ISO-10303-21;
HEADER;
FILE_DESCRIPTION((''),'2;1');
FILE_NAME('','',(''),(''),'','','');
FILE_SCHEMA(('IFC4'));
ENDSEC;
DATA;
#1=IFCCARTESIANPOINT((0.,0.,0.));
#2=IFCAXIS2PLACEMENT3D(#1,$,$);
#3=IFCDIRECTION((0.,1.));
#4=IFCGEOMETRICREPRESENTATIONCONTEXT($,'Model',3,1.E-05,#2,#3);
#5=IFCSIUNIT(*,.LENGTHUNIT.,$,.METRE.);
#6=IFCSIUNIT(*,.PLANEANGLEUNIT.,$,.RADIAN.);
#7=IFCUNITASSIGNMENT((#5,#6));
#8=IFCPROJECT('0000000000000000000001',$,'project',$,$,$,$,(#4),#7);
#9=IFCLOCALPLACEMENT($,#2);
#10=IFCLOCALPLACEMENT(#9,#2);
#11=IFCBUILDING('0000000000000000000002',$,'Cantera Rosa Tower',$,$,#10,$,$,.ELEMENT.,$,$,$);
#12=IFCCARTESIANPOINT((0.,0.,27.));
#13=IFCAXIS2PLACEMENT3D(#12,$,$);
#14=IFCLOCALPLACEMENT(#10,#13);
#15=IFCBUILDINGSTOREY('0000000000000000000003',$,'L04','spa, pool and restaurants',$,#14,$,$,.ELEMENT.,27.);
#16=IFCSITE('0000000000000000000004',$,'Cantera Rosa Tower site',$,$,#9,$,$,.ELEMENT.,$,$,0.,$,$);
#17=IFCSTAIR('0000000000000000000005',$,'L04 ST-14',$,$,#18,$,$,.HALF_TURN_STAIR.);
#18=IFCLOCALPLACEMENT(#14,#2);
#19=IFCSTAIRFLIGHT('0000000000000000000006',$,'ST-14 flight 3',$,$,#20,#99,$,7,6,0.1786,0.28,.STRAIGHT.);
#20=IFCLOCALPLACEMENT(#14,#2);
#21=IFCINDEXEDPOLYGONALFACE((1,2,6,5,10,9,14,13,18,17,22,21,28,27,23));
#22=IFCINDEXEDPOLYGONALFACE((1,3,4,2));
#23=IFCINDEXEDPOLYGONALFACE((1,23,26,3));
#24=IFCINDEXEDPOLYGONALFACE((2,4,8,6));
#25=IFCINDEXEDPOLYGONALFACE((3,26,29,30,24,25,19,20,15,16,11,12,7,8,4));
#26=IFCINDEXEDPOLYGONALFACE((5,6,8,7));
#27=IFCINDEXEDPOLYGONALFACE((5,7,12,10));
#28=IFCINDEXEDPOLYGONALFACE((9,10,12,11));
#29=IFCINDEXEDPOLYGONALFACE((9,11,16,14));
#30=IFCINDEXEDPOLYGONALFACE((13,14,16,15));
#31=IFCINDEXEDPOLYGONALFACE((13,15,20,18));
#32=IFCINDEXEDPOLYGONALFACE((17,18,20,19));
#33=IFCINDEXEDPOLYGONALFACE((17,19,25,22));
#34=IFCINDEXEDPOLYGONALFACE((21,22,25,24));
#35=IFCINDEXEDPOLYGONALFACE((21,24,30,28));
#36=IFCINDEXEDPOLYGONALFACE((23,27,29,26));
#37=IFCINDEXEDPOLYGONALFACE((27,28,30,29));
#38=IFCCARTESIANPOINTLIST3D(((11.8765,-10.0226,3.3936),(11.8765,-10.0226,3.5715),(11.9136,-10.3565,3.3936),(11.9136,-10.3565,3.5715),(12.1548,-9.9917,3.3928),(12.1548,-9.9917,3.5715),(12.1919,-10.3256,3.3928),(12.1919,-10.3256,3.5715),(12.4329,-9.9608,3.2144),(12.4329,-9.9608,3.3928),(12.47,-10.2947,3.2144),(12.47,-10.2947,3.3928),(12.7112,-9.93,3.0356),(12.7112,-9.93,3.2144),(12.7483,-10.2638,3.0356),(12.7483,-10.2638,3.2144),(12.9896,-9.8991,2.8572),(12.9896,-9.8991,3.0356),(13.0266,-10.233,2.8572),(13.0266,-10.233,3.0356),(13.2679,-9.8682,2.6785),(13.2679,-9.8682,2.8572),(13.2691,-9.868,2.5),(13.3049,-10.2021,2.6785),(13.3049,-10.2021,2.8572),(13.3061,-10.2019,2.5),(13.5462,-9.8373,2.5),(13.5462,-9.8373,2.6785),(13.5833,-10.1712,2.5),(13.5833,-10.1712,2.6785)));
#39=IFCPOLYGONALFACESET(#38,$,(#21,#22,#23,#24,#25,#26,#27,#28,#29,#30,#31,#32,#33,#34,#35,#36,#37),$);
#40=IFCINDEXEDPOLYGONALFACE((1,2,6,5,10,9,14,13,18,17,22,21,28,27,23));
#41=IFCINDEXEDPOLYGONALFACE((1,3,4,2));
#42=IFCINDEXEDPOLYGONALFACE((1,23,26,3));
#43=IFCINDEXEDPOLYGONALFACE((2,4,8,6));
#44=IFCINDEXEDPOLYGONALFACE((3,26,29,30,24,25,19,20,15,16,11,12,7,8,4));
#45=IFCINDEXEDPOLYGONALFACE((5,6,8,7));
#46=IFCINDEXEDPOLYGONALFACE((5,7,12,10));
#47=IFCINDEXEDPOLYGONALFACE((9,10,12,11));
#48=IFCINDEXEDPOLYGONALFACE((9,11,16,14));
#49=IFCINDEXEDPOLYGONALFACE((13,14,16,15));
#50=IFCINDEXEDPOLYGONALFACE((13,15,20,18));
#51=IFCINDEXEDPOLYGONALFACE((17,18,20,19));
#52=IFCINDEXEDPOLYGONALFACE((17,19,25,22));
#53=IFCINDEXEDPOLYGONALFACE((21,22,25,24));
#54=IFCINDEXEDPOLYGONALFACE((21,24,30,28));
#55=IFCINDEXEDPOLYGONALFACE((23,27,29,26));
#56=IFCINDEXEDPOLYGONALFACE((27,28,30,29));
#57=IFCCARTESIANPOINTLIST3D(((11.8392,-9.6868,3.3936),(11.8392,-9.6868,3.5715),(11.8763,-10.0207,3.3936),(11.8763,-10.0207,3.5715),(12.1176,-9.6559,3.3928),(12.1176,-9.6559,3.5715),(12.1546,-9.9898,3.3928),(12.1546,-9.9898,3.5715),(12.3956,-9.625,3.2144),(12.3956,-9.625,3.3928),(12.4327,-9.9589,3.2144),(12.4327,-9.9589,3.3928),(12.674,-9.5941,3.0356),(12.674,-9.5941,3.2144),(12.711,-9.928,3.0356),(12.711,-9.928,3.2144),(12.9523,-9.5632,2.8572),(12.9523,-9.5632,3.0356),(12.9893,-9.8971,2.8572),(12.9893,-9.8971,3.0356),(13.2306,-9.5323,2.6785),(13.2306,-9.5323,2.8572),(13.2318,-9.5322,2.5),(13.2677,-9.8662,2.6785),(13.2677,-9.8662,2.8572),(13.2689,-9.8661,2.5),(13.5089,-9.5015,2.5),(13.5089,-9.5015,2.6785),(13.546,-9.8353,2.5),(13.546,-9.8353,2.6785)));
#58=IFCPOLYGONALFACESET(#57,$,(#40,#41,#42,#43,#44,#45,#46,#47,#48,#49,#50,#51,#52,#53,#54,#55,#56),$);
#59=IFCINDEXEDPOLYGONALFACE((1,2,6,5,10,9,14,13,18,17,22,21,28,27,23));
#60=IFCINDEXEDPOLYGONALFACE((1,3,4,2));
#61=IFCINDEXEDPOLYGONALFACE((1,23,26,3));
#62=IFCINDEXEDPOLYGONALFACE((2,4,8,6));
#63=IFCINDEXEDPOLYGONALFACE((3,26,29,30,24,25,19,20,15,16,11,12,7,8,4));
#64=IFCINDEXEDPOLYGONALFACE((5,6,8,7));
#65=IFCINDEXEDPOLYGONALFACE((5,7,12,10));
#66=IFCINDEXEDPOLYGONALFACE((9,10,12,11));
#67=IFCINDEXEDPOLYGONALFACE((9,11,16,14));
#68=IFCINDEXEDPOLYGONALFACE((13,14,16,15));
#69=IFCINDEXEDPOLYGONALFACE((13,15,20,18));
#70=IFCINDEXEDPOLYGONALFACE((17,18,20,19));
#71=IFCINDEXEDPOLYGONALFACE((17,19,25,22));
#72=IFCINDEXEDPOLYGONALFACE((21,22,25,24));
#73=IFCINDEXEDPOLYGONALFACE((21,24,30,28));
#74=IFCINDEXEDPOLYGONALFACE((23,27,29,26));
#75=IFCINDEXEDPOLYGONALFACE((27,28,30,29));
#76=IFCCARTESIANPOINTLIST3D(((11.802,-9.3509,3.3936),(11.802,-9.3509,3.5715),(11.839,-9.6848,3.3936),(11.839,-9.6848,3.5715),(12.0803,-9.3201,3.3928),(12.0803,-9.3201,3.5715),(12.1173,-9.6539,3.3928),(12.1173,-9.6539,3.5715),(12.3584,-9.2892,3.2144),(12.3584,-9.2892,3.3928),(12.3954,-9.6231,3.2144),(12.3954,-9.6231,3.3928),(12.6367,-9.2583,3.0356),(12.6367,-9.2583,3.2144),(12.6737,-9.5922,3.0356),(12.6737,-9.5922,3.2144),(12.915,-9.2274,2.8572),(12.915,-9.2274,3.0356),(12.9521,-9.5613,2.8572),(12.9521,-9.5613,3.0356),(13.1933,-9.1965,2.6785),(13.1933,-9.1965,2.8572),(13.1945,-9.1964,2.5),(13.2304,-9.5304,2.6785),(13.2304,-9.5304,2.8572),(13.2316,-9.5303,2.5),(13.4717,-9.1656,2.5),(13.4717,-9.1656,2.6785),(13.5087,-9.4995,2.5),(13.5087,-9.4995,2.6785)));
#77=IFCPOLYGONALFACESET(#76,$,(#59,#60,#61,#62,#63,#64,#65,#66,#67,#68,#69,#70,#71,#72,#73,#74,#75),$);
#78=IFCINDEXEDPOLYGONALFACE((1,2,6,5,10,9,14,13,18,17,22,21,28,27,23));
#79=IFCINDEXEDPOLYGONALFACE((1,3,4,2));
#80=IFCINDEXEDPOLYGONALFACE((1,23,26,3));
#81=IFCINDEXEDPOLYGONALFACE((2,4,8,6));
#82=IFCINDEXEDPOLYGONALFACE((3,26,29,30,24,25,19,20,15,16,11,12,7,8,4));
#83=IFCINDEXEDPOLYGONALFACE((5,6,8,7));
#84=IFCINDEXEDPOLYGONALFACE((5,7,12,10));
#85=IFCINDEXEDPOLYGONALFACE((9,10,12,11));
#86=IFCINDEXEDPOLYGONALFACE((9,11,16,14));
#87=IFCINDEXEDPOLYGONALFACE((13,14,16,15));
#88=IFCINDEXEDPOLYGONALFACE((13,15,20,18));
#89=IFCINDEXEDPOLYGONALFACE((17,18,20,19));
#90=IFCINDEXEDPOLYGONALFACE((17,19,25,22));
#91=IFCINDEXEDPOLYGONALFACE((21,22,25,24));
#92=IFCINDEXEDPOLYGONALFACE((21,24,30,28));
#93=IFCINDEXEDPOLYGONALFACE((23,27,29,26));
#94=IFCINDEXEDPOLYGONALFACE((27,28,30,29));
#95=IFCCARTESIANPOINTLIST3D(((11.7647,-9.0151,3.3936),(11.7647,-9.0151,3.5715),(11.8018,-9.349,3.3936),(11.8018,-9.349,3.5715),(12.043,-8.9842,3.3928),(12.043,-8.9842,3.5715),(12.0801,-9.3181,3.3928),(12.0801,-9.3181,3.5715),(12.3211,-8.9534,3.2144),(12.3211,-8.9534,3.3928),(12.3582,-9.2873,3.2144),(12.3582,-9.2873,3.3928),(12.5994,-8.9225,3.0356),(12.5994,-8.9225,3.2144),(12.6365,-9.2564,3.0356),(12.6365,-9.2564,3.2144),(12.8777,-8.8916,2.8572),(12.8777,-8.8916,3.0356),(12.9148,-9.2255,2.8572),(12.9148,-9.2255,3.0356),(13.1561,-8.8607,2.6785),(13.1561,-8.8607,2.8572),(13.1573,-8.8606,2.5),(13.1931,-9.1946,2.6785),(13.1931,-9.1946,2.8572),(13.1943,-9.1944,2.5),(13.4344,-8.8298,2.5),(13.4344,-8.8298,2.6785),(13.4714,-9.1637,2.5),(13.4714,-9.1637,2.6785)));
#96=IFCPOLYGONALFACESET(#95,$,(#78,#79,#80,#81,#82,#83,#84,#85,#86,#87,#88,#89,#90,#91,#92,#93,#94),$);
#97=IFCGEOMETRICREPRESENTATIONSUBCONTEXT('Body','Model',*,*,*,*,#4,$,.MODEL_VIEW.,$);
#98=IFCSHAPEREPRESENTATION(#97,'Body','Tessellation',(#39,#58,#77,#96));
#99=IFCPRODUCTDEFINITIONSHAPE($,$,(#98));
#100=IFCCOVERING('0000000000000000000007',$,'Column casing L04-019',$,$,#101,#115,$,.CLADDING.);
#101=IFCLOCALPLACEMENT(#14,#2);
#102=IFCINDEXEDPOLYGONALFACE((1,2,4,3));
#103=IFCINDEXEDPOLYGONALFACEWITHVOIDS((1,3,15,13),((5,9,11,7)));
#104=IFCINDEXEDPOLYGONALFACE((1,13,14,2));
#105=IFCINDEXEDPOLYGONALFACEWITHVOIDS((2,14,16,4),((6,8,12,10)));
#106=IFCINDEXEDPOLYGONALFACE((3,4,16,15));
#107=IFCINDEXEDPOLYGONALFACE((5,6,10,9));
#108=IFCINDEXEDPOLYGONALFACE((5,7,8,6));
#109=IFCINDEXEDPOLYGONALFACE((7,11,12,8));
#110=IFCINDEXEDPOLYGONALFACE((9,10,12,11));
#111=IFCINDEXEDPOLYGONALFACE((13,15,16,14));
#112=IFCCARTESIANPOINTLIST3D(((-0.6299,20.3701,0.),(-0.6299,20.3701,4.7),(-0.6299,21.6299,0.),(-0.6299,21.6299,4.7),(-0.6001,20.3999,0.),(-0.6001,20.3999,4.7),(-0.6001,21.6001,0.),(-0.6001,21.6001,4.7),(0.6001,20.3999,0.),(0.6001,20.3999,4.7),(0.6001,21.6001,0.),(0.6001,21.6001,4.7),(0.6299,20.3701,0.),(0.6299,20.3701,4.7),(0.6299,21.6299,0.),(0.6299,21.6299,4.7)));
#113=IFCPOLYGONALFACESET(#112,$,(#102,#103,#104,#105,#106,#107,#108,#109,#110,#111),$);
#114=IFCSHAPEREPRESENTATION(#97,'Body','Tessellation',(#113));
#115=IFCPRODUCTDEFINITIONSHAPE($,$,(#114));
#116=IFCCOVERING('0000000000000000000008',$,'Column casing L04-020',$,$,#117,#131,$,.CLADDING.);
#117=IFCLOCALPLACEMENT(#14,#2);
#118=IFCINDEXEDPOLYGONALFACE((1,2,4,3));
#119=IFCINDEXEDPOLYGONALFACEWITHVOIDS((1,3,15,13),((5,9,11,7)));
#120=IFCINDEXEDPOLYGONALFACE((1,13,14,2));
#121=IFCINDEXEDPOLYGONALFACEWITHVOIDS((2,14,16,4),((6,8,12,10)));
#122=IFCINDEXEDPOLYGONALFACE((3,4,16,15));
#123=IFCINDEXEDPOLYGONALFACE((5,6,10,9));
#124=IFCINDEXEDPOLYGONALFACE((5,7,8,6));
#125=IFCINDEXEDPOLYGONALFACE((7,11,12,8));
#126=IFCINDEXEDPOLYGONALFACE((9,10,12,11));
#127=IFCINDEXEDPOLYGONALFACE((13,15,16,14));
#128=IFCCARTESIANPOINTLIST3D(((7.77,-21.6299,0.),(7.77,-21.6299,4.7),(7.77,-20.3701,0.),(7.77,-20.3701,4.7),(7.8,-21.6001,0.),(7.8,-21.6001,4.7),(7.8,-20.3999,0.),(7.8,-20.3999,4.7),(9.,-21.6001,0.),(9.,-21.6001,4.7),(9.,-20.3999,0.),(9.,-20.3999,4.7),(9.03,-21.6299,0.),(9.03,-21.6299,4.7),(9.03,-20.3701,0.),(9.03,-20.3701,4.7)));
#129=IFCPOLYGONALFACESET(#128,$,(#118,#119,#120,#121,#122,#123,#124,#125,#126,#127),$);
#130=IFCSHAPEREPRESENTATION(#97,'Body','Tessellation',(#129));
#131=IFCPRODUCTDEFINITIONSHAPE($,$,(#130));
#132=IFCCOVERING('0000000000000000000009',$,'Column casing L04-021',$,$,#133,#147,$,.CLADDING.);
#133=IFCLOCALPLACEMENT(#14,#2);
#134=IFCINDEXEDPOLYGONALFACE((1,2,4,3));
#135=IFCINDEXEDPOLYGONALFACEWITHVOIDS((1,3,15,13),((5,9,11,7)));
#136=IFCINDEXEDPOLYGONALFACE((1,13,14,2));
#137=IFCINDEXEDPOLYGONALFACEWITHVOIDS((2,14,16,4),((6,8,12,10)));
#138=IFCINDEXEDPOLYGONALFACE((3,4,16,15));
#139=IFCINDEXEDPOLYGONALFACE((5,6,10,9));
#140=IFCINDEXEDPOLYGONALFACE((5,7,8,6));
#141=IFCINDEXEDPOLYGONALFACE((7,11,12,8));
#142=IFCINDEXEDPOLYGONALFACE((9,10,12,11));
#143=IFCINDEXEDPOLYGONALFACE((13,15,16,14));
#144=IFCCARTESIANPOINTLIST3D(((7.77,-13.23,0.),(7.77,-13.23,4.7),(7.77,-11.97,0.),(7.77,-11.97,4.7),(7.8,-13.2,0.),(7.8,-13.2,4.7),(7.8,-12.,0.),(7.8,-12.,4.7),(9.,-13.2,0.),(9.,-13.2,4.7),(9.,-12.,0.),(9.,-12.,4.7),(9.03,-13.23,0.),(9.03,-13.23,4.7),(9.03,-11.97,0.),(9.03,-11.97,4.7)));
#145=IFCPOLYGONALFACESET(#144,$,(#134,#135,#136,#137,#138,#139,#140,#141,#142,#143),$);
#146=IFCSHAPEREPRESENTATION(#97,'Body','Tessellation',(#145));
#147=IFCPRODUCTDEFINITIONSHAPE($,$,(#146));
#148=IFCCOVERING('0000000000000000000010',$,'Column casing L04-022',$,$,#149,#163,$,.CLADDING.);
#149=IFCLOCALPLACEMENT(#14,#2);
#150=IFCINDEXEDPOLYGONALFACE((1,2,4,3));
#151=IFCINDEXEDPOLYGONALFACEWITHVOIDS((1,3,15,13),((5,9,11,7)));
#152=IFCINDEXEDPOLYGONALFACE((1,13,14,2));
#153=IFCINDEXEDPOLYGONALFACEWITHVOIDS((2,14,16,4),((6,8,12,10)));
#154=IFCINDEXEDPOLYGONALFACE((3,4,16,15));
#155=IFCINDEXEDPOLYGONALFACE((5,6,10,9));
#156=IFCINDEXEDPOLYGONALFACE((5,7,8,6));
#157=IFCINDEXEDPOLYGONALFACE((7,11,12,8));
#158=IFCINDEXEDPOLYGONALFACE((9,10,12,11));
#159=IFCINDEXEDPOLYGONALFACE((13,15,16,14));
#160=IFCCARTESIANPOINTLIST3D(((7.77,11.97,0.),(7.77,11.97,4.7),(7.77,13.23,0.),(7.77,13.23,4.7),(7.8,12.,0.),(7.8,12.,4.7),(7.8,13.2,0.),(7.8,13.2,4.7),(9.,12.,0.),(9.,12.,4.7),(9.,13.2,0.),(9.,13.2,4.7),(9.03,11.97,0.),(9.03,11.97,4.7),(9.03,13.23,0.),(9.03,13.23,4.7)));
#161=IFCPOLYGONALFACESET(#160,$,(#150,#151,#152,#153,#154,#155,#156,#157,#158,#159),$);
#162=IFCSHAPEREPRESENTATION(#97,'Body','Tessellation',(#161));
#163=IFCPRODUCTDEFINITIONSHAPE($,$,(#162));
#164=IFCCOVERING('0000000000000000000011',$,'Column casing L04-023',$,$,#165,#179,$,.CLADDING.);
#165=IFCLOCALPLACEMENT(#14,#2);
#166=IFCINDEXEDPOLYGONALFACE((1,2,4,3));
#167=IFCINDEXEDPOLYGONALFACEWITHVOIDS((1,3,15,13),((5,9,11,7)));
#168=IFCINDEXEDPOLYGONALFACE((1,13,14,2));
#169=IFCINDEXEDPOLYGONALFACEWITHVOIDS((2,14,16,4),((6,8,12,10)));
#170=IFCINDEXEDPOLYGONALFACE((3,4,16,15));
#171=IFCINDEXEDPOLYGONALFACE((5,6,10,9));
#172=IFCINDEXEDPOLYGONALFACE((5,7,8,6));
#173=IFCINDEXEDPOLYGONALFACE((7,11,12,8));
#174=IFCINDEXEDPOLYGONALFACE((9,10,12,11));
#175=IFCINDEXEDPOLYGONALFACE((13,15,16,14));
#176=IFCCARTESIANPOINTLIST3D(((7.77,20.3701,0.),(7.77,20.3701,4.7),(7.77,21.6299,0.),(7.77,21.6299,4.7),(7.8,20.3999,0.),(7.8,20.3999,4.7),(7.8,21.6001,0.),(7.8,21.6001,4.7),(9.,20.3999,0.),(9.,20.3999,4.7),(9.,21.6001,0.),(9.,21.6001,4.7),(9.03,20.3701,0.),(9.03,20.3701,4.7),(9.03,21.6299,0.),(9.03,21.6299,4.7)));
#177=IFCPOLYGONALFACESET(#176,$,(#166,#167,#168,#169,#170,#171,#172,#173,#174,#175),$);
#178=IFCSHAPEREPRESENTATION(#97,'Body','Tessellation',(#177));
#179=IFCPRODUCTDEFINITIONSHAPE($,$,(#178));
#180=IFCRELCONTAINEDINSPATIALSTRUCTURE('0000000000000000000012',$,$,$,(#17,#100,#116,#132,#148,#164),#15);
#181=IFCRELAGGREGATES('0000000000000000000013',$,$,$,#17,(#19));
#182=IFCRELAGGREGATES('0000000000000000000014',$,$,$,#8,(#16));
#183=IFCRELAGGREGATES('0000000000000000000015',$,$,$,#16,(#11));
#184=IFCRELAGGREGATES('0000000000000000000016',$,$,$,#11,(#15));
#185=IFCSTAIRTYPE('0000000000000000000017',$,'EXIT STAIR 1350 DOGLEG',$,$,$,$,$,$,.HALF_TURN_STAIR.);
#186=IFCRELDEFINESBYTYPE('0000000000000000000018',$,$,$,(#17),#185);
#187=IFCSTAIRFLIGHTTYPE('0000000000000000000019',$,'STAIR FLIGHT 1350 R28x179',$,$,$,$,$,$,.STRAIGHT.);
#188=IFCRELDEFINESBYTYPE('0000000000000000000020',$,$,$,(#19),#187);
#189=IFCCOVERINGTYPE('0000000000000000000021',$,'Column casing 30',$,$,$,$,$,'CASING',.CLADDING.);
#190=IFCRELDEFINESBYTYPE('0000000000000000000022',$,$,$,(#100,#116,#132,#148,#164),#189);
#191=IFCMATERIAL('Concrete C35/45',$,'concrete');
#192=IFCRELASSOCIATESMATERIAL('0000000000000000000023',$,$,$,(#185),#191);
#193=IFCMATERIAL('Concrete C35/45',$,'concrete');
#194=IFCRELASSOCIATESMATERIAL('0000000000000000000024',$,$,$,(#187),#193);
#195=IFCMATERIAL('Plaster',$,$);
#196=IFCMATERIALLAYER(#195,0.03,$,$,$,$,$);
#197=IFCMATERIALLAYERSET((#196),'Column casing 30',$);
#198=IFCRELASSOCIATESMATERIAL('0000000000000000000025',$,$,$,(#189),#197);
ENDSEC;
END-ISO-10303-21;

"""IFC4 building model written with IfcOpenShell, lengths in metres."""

from ifc_helpers import new_model, si_unit, direction, frame, origin, place, context, subcontext, project, spatial, polyline, outline, extrude, material, layer, layer_set, type_object, element, aggregate, save


model = new_model("IFC4")

# Units and contexts
model_context = context("Model", 3, precision=1e-05, world=origin(), true_north=direction((0.0, 1.0)))
body_context = subcontext(model_context, "Body", "Model", "MODEL_VIEW")
ifc_project = project(units=[si_unit("LENGTHUNIT", "METRE"), si_unit("PLANEANGLEUNIT", "RADIAN")], contexts=[model_context])

# Site, building, storey
site_placement = place(None, origin())
site = spatial("IfcSite", under=ifc_project, at=site_placement, Name="Cantera Rosa Tower site", CompositionType="ELEMENT", RefElevation=0.0)
building_placement = place(site_placement, origin())
building = spatial("IfcBuilding", under=site, at=building_placement, Name="Cantera Rosa Tower", CompositionType="ELEMENT")
storey_placement = place(building_placement, frame((0.0, 0.0, 27.0)))
storey = spatial("IfcBuildingStorey", under=building, at=storey_placement, Name="L04", Description="spa, pool and restaurants", CompositionType="ELEMENT", Elevation=27.0)

# Stair, stair flight
ifc_material_1 = material(Name="Concrete C35/45", Category="concrete")
stair_type = type_object("IfcStairType", Name="EXIT STAIR 1350 DOGLEG", PredefinedType="HALF_TURN_STAIR", material=ifc_material_1)
stair_placement = place(storey_placement, origin())
stair = element("IfcStair", 1, at=stair_placement, inside=storey, type_object=stair_type, Name="L04 ST-14", PredefinedType="HALF_TURN_STAIR")
ifc_material_2 = material(Name="Concrete C35/45", Category="concrete")
stair_flight_type = type_object("IfcStairFlightType", Name="STAIR FLIGHT 1350 R28x179", PredefinedType="STRAIGHT", material=ifc_material_2)
stair_flight_1_placement = place(storey_placement, frame((13.5088, -9.5002, 2.5), z_axis=(0.0, 0.0, 1.0), x_axis=(-0.993897, -0.110313, 0.0)))
stair_flight_1 = element("IfcStairFlight", 2, at=stair_flight_1_placement, type_object=stair_flight_type, Name="ST-14 flight 3", NumberOfRisers=7, NumberOfTreads=6, PredefinedType="STRAIGHT", RiserHeight=0.1786, TreadLength=0.28, context=body_context, shape_type="SweptSolid", body=[
    extrude(outline(polyline([(0.0, 0.0), (0.0, 0.1785), (0.28, 0.1785), (0.28, 0.3572), (0.5601, 0.3572), (0.5601, 0.5356), (0.8401, 0.5356), (0.8401, 0.7144), (1.1201, 0.7144), (1.1201, 0.8928), (1.3999, 0.8928), (1.3999, 1.0715), (1.6799, 1.0715), (1.6799, 1.25), (1.6799, 0.8936), (0.2788, 0.0), (0.0, 0.0)])), frame((0.0, 0.675, 0.0), z_axis=(0.0, -1.0, 0.0), x_axis=(1.0, 0.0, 0.0)), (0.0, 0.0, 1.0), 0.3359),
    extrude(outline(polyline([(0.0, 0.0), (0.0, 0.1785), (0.28, 0.1785), (0.28, 0.3572), (0.5601, 0.3572), (0.5601, 0.5356), (0.8401, 0.5356), (0.8401, 0.7144), (1.1201, 0.7144), (1.1201, 0.8928), (1.3999, 0.8928), (1.3999, 1.0715), (1.6799, 1.0715), (1.6799, 1.25), (1.6799, 0.8936), (0.2788, 0.0), (0.0, 0.0)])), frame((0.0, 0.3372, 0.0), z_axis=(0.0, -1.0, 0.0), x_axis=(1.0, 0.0, 0.0)), (0.0, 0.0, 1.0), 0.3359),
    extrude(outline(polyline([(0.0, 0.0), (0.0, 0.1785), (0.28, 0.1785), (0.28, 0.3572), (0.5601, 0.3572), (0.5601, 0.5356), (0.8401, 0.5356), (0.8401, 0.7144), (1.1201, 0.7144), (1.1201, 0.8928), (1.3999, 0.8928), (1.3999, 1.0715), (1.6799, 1.0715), (1.6799, 1.25), (1.6799, 0.8936), (0.2788, 0.0), (0.0, 0.0)])), frame((0.0, -0.0007, 0.0), z_axis=(0.0, -1.0, 0.0), x_axis=(1.0, 0.0, 0.0)), (0.0, 0.0, 1.0), 0.3359),
    extrude(outline(polyline([(0.0, 0.0), (0.0, 0.1785), (0.28, 0.1785), (0.28, 0.3572), (0.5601, 0.3572), (0.5601, 0.5356), (0.8401, 0.5356), (0.8401, 0.7144), (1.1201, 0.7144), (1.1201, 0.8928), (1.3999, 0.8928), (1.3999, 1.0715), (1.6799, 1.0715), (1.6799, 1.25), (1.6799, 0.8936), (0.2788, 0.0), (0.0, 0.0)])), frame((0.0, -0.3386, 0.0), z_axis=(0.0, -1.0, 0.0), x_axis=(1.0, 0.0, 0.0)), (0.0, 0.0, 1.0), 0.3359),
])
aggregate(stair, [stair_flight_1])

# Coverings
ifc_material_3 = material(Name="Plaster")
ifc_layer_1 = layer(ifc_material_3, 0.03)
ifc_layer_set_1 = layer_set([ifc_layer_1], Name="Column casing 30")
covering_type = type_object("IfcCoveringType", Name="Column casing 30", ElementType="CASING", PredefinedType="CLADDING", material=ifc_layer_set_1)
covering_1_placement = place(storey_placement, origin())
element("IfcCovering", 3, at=covering_1_placement, inside=storey, type_object=covering_type, Name="Column casing L04-019", PredefinedType="CLADDING", context=body_context, shape_type="SweptSolid", body=[
    extrude(outline(polyline([(-0.6299, 20.3701), (0.6299, 20.3701), (0.6299, 21.6299), (-0.6299, 21.6299), (-0.6299, 20.3701)]), holes=[polyline([(0.6001, 21.6001), (-0.6001, 21.6001), (-0.6001, 20.3999), (0.6001, 20.3999), (0.6001, 21.6001)])]), origin(), (0.0, 0.0, 1.0), 4.7),
])
covering_2_placement = place(storey_placement, origin())
element("IfcCovering", 4, at=covering_2_placement, inside=storey, type_object=covering_type, Name="Column casing L04-020", PredefinedType="CLADDING", context=body_context, shape_type="SweptSolid", body=[
    extrude(outline(polyline([(7.77, -21.6299), (9.03, -21.6299), (9.03, -20.3701), (7.77, -20.3701), (7.77, -21.6299)]), holes=[polyline([(9.0, -20.3999), (7.8, -20.3999), (7.8, -21.6001), (9.0, -21.6001), (9.0, -20.3999)])]), origin(), (0.0, 0.0, 1.0), 4.7),
])
covering_3_placement = place(storey_placement, origin())
element("IfcCovering", 5, at=covering_3_placement, inside=storey, type_object=covering_type, Name="Column casing L04-021", PredefinedType="CLADDING", context=body_context, shape_type="SweptSolid", body=[
    extrude(outline(polyline([(7.77, -13.23), (9.03, -13.23), (9.03, -11.97), (7.77, -11.97), (7.77, -13.23)]), holes=[polyline([(9.0, -12.0), (7.8, -12.0), (7.8, -13.2), (9.0, -13.2), (9.0, -12.0)])]), origin(), (0.0, 0.0, 1.0), 4.7),
])
covering_4_placement = place(storey_placement, origin())
element("IfcCovering", 6, at=covering_4_placement, inside=storey, type_object=covering_type, Name="Column casing L04-022", PredefinedType="CLADDING", context=body_context, shape_type="SweptSolid", body=[
    extrude(outline(polyline([(7.77, 11.97), (9.03, 11.97), (9.03, 13.23), (7.77, 13.23), (7.77, 11.97)]), holes=[polyline([(9.0, 13.2), (7.8, 13.2), (7.8, 12.0), (9.0, 12.0), (9.0, 13.2)])]), origin(), (0.0, 0.0, 1.0), 4.7),
])
covering_5_placement = place(storey_placement, origin())
element("IfcCovering", 7, at=covering_5_placement, inside=storey, type_object=covering_type, Name="Column casing L04-023", PredefinedType="CLADDING", context=body_context, shape_type="SweptSolid", body=[
    extrude(outline(polyline([(7.77, 20.3701), (9.03, 20.3701), (9.03, 21.6299), (7.77, 21.6299), (7.77, 20.3701)]), holes=[polyline([(9.0, 21.6001), (7.8, 21.6001), (7.8, 20.3999), (9.0, 20.3999), (9.0, 21.6001)])]), origin(), (0.0, 0.0, 1.0), 4.7),
])

save(model, "model.ifc")
